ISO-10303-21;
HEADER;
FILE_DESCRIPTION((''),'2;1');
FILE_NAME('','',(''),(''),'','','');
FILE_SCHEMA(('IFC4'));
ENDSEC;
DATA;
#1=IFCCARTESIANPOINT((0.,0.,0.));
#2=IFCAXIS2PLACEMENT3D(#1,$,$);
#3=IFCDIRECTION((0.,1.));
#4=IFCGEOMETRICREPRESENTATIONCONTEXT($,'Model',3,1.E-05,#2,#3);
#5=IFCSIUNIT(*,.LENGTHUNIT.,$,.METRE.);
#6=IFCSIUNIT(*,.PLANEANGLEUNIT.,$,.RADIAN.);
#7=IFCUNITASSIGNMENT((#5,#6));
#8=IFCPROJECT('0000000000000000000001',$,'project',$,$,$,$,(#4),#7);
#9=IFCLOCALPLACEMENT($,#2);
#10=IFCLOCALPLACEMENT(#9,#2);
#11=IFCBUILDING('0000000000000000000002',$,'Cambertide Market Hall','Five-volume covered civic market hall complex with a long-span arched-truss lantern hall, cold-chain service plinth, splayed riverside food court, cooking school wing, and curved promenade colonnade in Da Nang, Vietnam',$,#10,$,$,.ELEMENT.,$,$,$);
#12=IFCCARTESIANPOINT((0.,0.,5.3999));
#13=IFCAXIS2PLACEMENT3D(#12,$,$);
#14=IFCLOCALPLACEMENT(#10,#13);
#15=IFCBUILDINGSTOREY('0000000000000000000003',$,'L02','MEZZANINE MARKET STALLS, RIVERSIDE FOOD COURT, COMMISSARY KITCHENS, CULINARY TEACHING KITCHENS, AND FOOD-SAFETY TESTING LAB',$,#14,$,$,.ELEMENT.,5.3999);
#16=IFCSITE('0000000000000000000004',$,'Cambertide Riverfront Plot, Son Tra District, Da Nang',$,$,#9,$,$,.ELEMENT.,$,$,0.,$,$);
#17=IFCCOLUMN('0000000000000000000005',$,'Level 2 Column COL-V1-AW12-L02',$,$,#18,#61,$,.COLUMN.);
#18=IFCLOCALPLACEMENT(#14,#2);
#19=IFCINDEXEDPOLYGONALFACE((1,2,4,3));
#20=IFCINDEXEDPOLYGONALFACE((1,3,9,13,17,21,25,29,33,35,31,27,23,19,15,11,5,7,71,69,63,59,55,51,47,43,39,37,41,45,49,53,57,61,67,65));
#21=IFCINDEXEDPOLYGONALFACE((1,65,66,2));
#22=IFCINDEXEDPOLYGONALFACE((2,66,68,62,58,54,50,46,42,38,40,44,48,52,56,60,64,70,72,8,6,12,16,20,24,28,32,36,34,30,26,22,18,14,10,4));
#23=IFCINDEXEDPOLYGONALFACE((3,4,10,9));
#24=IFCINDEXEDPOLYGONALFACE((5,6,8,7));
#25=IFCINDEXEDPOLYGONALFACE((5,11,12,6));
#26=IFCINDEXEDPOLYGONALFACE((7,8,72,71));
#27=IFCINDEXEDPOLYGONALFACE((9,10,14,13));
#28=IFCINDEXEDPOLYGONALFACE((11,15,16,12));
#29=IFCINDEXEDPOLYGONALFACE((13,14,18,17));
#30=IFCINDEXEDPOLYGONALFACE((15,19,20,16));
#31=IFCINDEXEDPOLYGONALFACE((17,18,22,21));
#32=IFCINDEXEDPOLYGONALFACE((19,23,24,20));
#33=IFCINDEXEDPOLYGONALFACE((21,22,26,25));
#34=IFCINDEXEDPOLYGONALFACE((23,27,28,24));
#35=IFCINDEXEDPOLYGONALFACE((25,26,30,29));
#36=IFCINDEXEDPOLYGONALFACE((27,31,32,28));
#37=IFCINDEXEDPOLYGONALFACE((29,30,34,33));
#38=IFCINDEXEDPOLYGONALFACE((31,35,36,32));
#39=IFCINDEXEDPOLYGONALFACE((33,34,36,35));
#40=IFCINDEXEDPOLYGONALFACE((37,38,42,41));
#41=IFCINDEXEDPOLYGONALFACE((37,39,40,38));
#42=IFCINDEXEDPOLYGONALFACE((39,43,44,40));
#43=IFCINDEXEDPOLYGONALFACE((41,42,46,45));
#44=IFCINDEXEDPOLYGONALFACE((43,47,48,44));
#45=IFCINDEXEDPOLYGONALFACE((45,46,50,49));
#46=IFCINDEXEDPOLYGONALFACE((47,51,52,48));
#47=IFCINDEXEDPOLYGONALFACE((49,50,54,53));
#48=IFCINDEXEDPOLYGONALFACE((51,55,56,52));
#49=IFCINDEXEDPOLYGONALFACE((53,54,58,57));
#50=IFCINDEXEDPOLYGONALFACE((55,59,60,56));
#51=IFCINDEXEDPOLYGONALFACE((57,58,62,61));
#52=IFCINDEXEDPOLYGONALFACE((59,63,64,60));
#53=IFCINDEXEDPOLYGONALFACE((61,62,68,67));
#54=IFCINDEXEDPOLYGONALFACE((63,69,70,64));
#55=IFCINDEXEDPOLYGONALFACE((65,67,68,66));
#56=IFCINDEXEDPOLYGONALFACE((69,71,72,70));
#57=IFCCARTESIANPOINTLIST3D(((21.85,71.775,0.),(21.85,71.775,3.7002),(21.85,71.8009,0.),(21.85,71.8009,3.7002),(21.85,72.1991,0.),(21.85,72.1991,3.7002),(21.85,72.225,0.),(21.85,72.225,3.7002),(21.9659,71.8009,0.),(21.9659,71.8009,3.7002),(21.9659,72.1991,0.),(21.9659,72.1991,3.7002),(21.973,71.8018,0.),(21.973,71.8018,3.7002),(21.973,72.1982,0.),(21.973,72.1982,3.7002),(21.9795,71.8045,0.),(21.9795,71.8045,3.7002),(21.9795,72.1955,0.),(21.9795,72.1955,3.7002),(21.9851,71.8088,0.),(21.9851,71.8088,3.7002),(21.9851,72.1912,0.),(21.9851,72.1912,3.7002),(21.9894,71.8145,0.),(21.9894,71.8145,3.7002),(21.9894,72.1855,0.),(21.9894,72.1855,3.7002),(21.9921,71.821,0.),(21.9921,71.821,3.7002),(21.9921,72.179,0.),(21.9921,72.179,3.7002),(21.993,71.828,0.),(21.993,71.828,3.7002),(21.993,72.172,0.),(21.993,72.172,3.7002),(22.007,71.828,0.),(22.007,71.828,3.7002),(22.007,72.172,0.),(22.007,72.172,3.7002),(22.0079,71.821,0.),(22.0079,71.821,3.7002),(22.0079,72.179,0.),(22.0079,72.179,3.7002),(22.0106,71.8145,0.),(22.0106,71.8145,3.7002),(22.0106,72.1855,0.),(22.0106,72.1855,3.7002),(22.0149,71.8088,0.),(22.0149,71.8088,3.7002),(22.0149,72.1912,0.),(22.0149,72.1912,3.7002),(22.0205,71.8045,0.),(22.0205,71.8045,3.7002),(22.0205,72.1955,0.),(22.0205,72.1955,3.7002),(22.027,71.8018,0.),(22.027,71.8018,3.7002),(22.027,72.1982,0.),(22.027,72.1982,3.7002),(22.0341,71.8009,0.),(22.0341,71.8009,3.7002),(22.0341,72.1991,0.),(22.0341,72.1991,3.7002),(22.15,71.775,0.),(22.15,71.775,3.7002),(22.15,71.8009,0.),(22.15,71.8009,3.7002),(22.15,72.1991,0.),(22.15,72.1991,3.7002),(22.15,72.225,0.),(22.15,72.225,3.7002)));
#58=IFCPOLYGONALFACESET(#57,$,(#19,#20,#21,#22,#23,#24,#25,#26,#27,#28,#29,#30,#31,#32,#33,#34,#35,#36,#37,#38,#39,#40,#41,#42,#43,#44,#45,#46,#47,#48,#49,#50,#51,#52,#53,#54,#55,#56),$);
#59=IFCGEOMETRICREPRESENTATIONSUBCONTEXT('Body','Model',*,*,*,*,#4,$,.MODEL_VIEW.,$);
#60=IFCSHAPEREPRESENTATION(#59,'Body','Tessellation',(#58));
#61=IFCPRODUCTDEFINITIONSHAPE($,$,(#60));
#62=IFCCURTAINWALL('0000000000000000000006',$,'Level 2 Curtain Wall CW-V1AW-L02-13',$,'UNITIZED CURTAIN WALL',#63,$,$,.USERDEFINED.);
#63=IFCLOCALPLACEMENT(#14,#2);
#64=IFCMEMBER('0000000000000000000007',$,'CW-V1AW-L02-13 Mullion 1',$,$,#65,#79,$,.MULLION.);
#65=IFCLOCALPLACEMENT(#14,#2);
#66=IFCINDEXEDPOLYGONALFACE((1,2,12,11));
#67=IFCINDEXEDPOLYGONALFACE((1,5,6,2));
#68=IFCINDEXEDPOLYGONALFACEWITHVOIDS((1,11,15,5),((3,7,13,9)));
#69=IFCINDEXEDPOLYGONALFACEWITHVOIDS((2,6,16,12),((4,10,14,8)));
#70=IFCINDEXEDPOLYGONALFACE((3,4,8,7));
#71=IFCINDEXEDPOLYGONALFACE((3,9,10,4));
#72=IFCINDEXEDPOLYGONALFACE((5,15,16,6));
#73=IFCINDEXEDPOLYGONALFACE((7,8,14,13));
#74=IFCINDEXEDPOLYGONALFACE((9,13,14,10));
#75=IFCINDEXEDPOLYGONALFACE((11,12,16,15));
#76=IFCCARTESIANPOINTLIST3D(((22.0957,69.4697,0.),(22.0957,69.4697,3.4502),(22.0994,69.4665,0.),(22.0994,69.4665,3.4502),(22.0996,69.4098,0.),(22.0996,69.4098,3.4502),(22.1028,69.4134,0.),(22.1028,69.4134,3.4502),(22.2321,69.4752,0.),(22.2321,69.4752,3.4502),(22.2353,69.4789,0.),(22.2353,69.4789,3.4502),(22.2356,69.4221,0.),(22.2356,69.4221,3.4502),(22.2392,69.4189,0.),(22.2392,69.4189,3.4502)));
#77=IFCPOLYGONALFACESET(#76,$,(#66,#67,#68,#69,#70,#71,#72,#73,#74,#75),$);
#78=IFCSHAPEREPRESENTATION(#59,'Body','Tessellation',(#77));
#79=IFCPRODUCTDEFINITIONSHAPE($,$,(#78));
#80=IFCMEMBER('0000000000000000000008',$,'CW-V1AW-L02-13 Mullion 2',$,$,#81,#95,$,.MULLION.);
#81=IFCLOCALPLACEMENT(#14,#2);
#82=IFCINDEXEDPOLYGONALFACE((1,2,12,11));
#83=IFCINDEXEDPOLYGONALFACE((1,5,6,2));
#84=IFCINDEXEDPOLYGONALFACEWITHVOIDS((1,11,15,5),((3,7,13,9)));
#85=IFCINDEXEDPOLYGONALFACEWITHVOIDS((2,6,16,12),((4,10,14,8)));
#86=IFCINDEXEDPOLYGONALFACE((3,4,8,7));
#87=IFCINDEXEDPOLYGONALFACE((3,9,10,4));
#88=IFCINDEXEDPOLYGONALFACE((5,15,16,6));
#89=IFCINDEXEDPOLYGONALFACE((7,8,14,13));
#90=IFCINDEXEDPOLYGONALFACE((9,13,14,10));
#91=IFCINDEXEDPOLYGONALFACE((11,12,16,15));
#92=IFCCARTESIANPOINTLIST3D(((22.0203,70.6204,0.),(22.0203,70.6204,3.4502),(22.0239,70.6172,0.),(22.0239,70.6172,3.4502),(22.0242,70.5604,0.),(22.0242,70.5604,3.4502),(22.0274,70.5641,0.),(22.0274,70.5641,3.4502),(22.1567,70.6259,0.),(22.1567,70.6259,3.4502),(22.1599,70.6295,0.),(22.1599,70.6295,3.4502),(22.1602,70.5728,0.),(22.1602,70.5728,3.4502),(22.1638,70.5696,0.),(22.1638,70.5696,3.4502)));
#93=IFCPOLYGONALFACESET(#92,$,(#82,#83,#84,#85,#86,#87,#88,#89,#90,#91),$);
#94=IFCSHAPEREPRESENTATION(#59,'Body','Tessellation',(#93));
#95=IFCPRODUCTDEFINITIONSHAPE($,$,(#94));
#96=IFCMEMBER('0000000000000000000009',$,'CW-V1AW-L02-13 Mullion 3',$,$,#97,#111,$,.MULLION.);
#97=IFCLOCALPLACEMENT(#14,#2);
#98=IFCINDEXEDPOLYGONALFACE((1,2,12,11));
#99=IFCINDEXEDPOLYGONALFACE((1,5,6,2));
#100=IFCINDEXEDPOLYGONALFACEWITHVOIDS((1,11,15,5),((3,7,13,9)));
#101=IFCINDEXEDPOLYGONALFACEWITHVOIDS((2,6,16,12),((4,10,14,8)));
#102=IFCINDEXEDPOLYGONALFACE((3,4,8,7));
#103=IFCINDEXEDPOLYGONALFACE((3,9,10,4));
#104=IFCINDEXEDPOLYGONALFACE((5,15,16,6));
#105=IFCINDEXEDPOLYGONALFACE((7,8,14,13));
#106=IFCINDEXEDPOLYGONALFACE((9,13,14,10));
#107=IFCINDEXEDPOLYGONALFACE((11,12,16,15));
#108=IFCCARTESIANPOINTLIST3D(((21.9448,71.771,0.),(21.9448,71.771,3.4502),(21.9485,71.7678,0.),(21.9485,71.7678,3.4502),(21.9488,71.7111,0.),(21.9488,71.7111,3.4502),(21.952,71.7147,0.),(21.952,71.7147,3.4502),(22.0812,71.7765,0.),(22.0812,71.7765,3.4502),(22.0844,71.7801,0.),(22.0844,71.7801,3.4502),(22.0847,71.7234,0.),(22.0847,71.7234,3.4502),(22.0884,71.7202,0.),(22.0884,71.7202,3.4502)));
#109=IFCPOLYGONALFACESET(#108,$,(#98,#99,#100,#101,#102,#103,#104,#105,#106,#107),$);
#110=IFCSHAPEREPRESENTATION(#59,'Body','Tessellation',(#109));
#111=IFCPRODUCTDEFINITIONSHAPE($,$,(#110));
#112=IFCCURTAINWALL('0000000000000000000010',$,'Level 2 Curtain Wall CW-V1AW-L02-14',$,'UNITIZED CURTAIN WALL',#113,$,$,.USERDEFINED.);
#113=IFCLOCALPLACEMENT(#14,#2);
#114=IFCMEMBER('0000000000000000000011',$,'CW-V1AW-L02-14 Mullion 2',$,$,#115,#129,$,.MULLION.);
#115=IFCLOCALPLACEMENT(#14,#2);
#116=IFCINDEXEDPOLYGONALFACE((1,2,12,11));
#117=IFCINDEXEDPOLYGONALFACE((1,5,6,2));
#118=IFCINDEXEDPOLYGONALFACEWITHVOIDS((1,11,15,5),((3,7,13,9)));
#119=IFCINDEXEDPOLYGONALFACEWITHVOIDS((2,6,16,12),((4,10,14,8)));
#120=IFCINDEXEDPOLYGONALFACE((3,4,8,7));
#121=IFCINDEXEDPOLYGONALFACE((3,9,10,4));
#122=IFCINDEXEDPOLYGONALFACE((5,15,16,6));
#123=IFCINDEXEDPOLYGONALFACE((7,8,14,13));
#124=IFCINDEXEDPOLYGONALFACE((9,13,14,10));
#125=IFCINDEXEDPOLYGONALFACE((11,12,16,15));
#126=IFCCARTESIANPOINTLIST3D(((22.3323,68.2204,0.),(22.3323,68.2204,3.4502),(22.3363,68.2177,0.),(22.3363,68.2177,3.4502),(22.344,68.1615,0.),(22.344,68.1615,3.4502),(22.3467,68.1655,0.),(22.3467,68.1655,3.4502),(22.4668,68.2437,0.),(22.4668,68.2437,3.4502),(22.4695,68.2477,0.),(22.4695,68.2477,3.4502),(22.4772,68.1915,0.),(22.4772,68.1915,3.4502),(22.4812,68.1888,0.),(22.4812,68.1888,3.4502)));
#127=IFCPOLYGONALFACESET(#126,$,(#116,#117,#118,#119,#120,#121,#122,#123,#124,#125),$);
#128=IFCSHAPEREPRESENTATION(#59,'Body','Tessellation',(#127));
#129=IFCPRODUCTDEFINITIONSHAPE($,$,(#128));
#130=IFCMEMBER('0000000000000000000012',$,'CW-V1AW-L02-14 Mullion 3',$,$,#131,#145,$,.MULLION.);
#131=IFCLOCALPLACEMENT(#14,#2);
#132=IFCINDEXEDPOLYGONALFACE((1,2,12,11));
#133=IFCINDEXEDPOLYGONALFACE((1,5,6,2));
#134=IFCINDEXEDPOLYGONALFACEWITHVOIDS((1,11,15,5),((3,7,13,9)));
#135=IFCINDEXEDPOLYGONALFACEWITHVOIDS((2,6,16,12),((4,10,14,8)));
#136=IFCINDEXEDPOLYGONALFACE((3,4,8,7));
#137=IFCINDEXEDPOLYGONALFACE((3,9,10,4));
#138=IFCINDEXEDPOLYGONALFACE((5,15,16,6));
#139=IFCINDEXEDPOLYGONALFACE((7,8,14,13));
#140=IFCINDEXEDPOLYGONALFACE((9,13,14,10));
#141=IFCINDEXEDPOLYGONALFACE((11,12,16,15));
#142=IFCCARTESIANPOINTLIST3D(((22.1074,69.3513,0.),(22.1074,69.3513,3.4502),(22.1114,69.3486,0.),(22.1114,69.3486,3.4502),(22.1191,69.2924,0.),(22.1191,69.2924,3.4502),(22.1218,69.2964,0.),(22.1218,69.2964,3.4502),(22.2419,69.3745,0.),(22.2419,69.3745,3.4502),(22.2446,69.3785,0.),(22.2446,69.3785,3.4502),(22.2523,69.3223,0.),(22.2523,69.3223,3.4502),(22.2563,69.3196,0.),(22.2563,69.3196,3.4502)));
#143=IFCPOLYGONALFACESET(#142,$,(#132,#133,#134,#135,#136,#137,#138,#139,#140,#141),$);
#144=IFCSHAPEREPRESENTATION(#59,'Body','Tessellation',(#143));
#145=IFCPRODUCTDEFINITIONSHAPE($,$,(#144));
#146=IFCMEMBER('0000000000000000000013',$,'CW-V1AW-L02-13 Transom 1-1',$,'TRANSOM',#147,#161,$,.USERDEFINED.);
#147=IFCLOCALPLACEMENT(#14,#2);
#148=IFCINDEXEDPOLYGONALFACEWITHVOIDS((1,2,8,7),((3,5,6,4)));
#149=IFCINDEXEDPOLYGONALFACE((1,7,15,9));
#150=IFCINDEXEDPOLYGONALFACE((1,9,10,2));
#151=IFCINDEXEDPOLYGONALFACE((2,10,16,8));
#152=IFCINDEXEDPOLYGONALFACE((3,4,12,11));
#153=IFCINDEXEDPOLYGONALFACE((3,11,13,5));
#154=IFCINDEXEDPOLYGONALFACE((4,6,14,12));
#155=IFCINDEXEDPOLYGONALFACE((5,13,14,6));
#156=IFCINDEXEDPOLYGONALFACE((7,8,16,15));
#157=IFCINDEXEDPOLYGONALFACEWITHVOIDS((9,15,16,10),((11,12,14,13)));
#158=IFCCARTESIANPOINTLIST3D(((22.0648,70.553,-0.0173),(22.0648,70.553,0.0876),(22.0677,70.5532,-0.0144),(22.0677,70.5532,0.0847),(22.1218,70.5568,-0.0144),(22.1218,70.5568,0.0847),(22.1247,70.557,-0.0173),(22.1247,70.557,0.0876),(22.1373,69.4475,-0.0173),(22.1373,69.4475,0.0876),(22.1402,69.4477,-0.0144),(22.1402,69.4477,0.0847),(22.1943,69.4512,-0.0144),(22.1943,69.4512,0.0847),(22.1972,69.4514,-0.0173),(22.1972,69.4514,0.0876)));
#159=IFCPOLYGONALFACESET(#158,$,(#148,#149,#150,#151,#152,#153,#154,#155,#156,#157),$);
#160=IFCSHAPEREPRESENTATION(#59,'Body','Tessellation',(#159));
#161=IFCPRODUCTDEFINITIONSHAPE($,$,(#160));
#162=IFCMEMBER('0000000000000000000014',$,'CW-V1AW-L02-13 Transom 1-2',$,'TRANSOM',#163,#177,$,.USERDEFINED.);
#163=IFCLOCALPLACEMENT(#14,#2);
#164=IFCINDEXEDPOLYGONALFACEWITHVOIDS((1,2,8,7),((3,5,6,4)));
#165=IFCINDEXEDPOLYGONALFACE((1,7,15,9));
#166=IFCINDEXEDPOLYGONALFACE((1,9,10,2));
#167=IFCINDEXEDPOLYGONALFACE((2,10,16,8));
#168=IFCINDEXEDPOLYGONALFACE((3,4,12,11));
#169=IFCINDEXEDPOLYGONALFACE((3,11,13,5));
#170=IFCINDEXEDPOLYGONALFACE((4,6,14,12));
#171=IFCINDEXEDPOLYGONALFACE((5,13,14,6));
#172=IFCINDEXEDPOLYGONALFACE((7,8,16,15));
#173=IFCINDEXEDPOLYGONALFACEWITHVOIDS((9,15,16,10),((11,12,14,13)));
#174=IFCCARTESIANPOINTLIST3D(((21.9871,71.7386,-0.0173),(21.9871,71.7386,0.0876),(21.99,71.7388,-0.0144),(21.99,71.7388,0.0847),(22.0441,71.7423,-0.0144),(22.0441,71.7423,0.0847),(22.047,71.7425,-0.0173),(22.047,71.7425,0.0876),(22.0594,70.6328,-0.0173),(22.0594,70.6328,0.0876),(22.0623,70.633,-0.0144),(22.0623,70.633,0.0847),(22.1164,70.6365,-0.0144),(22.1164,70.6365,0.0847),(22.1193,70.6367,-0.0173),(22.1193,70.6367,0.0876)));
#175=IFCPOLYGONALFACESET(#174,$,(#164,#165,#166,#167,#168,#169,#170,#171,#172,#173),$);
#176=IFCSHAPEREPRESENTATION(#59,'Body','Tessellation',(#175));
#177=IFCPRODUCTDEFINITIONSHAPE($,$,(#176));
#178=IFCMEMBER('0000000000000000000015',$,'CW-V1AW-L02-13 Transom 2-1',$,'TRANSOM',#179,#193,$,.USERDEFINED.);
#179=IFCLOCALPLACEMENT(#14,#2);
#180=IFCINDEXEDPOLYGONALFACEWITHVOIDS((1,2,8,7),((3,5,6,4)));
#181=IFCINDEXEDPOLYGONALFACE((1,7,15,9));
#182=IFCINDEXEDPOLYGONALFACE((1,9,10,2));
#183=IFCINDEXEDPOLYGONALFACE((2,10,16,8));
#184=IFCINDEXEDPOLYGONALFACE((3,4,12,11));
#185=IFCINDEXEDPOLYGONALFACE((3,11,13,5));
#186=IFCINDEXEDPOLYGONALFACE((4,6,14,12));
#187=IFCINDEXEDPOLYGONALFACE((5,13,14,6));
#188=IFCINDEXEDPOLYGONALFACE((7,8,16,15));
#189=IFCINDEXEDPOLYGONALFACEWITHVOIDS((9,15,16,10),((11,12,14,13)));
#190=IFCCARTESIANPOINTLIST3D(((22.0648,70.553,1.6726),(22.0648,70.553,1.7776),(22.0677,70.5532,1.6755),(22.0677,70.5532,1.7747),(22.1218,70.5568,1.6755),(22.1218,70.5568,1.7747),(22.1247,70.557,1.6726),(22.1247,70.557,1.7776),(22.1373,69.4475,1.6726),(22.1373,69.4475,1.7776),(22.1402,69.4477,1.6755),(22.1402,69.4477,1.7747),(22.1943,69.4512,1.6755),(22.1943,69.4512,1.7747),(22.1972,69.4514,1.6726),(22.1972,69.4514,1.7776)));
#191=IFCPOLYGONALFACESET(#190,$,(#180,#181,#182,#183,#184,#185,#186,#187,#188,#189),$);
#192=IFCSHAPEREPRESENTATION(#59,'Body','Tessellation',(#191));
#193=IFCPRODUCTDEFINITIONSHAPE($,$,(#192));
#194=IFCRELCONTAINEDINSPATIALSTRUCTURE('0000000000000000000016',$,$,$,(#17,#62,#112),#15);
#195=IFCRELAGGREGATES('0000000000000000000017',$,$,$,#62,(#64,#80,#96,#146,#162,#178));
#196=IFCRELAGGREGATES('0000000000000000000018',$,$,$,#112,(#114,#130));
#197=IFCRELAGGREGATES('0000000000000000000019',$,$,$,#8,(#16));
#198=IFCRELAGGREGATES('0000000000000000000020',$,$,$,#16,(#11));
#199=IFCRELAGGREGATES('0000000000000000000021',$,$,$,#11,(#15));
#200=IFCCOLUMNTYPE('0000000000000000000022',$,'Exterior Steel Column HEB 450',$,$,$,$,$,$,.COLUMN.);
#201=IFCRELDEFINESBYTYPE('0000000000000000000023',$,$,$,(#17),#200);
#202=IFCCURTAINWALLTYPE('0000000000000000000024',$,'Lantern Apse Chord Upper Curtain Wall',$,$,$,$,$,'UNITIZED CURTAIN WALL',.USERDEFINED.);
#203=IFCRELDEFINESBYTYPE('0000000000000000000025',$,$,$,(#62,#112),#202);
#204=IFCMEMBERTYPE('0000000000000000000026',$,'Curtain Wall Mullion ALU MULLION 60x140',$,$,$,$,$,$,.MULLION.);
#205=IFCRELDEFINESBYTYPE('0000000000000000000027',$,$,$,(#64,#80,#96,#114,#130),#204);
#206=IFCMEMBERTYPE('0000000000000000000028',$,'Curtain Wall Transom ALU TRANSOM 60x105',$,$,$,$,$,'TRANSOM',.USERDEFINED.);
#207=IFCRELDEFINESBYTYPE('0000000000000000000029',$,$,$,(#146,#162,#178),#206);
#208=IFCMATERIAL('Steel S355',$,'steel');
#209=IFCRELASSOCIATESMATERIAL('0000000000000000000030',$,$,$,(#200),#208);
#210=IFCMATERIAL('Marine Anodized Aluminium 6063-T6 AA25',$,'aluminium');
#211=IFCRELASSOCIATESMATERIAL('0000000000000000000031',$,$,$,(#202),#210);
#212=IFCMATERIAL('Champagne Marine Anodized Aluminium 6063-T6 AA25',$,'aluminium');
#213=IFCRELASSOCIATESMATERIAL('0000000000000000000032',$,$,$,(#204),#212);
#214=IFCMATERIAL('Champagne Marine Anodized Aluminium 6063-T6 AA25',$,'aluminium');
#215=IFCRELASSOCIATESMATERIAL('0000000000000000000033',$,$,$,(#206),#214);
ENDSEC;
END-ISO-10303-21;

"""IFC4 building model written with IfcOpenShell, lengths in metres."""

from ifc_helpers import new_model, si_unit, direction, frame, origin, origin_2d, place, context, subcontext, project, spatial, hollow_rectangle, i_section, extrude, material, material_profile, profile_set, type_object, element, aggregate, save


model = new_model("IFC4")

# Units and contexts
model_context = context("Model", 3, precision=1e-05, world=origin(), true_north=direction((0.0, 1.0)))
body_context = subcontext(model_context, "Body", "Model", "MODEL_VIEW")
ifc_project = project(units=[si_unit("LENGTHUNIT", "METRE"), si_unit("PLANEANGLEUNIT", "RADIAN")], contexts=[model_context])

# Site, building, storey
site_placement = place(None, origin())
site = spatial("IfcSite", under=ifc_project, at=site_placement, Name="Cambertide Riverfront Plot, Son Tra District, Da Nang", CompositionType="ELEMENT", RefElevation=0.0)
building_placement = place(site_placement, origin())
building = spatial("IfcBuilding", under=site, at=building_placement, Name="Cambertide Market Hall", Description="Five-volume covered civic market hall complex with a long-span arched-truss lantern hall, cold-chain service plinth, splayed riverside food court, cooking school wing, and curved promenade colonnade in Da Nang, Vietnam", CompositionType="ELEMENT")
storey_placement = place(building_placement, frame((0.0, 0.0, 5.3999)))
storey = spatial("IfcBuildingStorey", under=building, at=storey_placement, Name="L02", Description="MEZZANINE MARKET STALLS, RIVERSIDE FOOD COURT, COMMISSARY KITCHENS, CULINARY TEACHING KITCHENS, AND FOOD-SAFETY TESTING LAB", CompositionType="ELEMENT", Elevation=5.3999)

# Column
ifc_material_1 = material(Name="Steel S355", Category="steel")
ifc_material_profile_1 = material_profile(ifc_material_1, i_section(OverallWidth=0.3, OverallDepth=0.45, WebThickness=0.0139, FlangeThickness=0.0259, FilletRadius=0.0271, at=origin_2d()), Name="HEB 450")
ifc_profile_set_1 = profile_set([ifc_material_profile_1], Name="Steel S355")
column_type = type_object("IfcColumnType", Name="Exterior Steel Column HEB 450", PredefinedType="COLUMN", material=ifc_profile_set_1)
column_placement = place(storey_placement, frame((22.0, 72.0, 0.0), z_axis=(0.0, 0.0, 1.0), x_axis=(-1.0, 0.0, 0.0)))
element("IfcColumn", 1, at=column_placement, inside=storey, type_object=column_type, Name="Level 2 Column COL-V1-AW12-L02", PredefinedType="COLUMN", context=body_context, shape_type="SweptSolid", body=[
    extrude(i_section(OverallWidth=0.3, OverallDepth=0.45, WebThickness=0.0139, FlangeThickness=0.0259, FilletRadius=0.0271, at=origin_2d()), origin(), (0.0, 0.0, 1.0), 3.7002),
])

# Curtain walls, members
ifc_material_2 = material(Name="Marine Anodized Aluminium 6063-T6 AA25", Category="aluminium")
curtain_wall_type = type_object("IfcCurtainWallType", Name="Lantern Apse Chord Upper Curtain Wall", ElementType="UNITIZED CURTAIN WALL", PredefinedType="USERDEFINED", material=ifc_material_2)
curtain_wall_1_placement = place(storey_placement, origin())
curtain_wall_1 = element("IfcCurtainWall", 2, at=curtain_wall_1_placement, inside=storey, type_object=curtain_wall_type, Name="Level 2 Curtain Wall CW-V1AW-L02-13", ObjectType="UNITIZED CURTAIN WALL", PredefinedType="USERDEFINED")
ifc_material_3 = material(Name="Champagne Marine Anodized Aluminium 6063-T6 AA25", Category="aluminium")
ifc_material_profile_2 = material_profile(ifc_material_3, hollow_rectangle(XDim=0.0601, YDim=0.1399, WallThickness=0.0034, at=origin_2d()), Name="ALU MULLION 60x140")
ifc_profile_set_2 = profile_set([ifc_material_profile_2], Name="Champagne Marine Anodized Aluminium 6063-T6 AA25")
member_type_1 = type_object("IfcMemberType", Name="Curtain Wall Mullion ALU MULLION 60x140", PredefinedType="MULLION", material=ifc_profile_set_2)
member_1_placement = place(storey_placement, frame((22.1675, 69.4443, 0.0), z_axis=(0.0, 0.0, 1.0), x_axis=(-0.065403, 0.997859, 0.0)))
member_1 = element("IfcMember", 3, at=member_1_placement, type_object=member_type_1, Name="CW-V1AW-L02-13 Mullion 1", PredefinedType="MULLION", context=body_context, shape_type="SweptSolid", body=[
    extrude(hollow_rectangle(XDim=0.0601, YDim=0.1399, WallThickness=0.0034, at=origin_2d()), origin(), (0.0, 0.0, 1.0), 3.4502),
])
member_2_placement = place(storey_placement, frame((22.092, 70.595, 0.0), z_axis=(0.0, 0.0, 1.0), x_axis=(-0.065403, 0.997859, 0.0)))
member_2 = element("IfcMember", 4, at=member_2_placement, type_object=member_type_1, Name="CW-V1AW-L02-13 Mullion 2", PredefinedType="MULLION", context=body_context, shape_type="SweptSolid", body=[
    extrude(hollow_rectangle(XDim=0.0601, YDim=0.1399, WallThickness=0.0034, at=origin_2d()), origin(), (0.0, 0.0, 1.0), 3.4502),
])
member_3_placement = place(storey_placement, frame((22.0166, 71.7456, 0.0), z_axis=(0.0, 0.0, 1.0), x_axis=(-0.065403, 0.997859, 0.0)))
member_3 = element("IfcMember", 5, at=member_3_placement, type_object=member_type_1, Name="CW-V1AW-L02-13 Mullion 3", PredefinedType="MULLION", context=body_context, shape_type="SweptSolid", body=[
    extrude(hollow_rectangle(XDim=0.0601, YDim=0.1399, WallThickness=0.0034, at=origin_2d()), origin(), (0.0, 0.0, 1.0), 3.4502),
])
curtain_wall_2_placement = place(storey_placement, origin())
curtain_wall_2 = element("IfcCurtainWall", 6, at=curtain_wall_2_placement, inside=storey, type_object=curtain_wall_type, Name="Level 2 Curtain Wall CW-V1AW-L02-14", ObjectType="UNITIZED CURTAIN WALL", PredefinedType="USERDEFINED")
member_4_placement = place(storey_placement, frame((22.4067, 68.2046, 0.0), z_axis=(0.0, 0.0, 1.0), x_axis=(-0.19509, 0.980785, 0.0)))
member_4 = element("IfcMember", 7, at=member_4_placement, type_object=member_type_1, Name="CW-V1AW-L02-14 Mullion 2", PredefinedType="MULLION", context=body_context, shape_type="SweptSolid", body=[
    extrude(hollow_rectangle(XDim=0.0601, YDim=0.1399, WallThickness=0.0034, at=origin_2d()), origin(), (0.0, 0.0, 1.0), 3.4502),
])
member_5_placement = place(storey_placement, frame((22.1819, 69.3354, 0.0), z_axis=(0.0, 0.0, 1.0), x_axis=(-0.19509, 0.980785, 0.0)))
member_5 = element("IfcMember", 8, at=member_5_placement, type_object=member_type_1, Name="CW-V1AW-L02-14 Mullion 3", PredefinedType="MULLION", context=body_context, shape_type="SweptSolid", body=[
    extrude(hollow_rectangle(XDim=0.0601, YDim=0.1399, WallThickness=0.0034, at=origin_2d()), origin(), (0.0, 0.0, 1.0), 3.4502),
])

# Members
ifc_material_4 = material(Name="Champagne Marine Anodized Aluminium 6063-T6 AA25", Category="aluminium")
ifc_material_profile_3 = material_profile(ifc_material_4, hollow_rectangle(XDim=0.0601, YDim=0.105, WallThickness=0.0029, at=origin_2d()), Name="ALU TRANSOM 60x105")
ifc_profile_set_3 = profile_set([ifc_material_profile_3], Name="Champagne Marine Anodized Aluminium 6063-T6 AA25")
member_type_2 = type_object("IfcMemberType", Name="Curtain Wall Transom ALU TRANSOM 60x105", ElementType="TRANSOM", PredefinedType="USERDEFINED", material=ifc_profile_set_3)
member_6_placement = place(storey_placement, frame((22.1672, 69.4495, 0.0352), z_axis=(-0.065451, 0.997856, 0.0), x_axis=(-0.997856, -0.065451, 0.0)))
member_6 = element("IfcMember", 9, at=member_6_placement, type_object=member_type_2, Name="CW-V1AW-L02-13 Transom 1-1", ObjectType="TRANSOM", PredefinedType="USERDEFINED", context=body_context, shape_type="SweptSolid", body=[
    extrude(hollow_rectangle(XDim=0.0601, YDim=0.105, WallThickness=0.0029, at=origin_2d()), origin(), (0.0, 0.0, 1.0), 1.1079),
])
member_7_placement = place(storey_placement, frame((22.0894, 70.6348, 0.0352), z_axis=(-0.065217, 0.997871, 0.0), x_axis=(-0.997871, -0.065217, 0.0)))
member_7 = element("IfcMember", 10, at=member_7_placement, type_object=member_type_2, Name="CW-V1AW-L02-13 Transom 1-2", ObjectType="TRANSOM", PredefinedType="USERDEFINED", context=body_context, shape_type="SweptSolid", body=[
    extrude(hollow_rectangle(XDim=0.0601, YDim=0.105, WallThickness=0.0029, at=origin_2d()), origin(), (0.0, 0.0, 1.0), 1.1082),
])
member_8_placement = place(storey_placement, frame((22.1672, 69.4495, 1.7251), z_axis=(-0.065451, 0.997856, 0.0), x_axis=(-0.997856, -0.065451, 0.0)))
member_8 = element("IfcMember", 11, at=member_8_placement, type_object=member_type_2, Name="CW-V1AW-L02-13 Transom 2-1", ObjectType="TRANSOM", PredefinedType="USERDEFINED", context=body_context, shape_type="SweptSolid", body=[
    extrude(hollow_rectangle(XDim=0.0601, YDim=0.105, WallThickness=0.0029, at=origin_2d()), origin(), (0.0, 0.0, 1.0), 1.1079),
])

aggregate(curtain_wall_1, [member_1, member_2, member_3, member_6, member_7, member_8])
aggregate(curtain_wall_2, [member_4, member_5])

save(model, "model.ifc")
